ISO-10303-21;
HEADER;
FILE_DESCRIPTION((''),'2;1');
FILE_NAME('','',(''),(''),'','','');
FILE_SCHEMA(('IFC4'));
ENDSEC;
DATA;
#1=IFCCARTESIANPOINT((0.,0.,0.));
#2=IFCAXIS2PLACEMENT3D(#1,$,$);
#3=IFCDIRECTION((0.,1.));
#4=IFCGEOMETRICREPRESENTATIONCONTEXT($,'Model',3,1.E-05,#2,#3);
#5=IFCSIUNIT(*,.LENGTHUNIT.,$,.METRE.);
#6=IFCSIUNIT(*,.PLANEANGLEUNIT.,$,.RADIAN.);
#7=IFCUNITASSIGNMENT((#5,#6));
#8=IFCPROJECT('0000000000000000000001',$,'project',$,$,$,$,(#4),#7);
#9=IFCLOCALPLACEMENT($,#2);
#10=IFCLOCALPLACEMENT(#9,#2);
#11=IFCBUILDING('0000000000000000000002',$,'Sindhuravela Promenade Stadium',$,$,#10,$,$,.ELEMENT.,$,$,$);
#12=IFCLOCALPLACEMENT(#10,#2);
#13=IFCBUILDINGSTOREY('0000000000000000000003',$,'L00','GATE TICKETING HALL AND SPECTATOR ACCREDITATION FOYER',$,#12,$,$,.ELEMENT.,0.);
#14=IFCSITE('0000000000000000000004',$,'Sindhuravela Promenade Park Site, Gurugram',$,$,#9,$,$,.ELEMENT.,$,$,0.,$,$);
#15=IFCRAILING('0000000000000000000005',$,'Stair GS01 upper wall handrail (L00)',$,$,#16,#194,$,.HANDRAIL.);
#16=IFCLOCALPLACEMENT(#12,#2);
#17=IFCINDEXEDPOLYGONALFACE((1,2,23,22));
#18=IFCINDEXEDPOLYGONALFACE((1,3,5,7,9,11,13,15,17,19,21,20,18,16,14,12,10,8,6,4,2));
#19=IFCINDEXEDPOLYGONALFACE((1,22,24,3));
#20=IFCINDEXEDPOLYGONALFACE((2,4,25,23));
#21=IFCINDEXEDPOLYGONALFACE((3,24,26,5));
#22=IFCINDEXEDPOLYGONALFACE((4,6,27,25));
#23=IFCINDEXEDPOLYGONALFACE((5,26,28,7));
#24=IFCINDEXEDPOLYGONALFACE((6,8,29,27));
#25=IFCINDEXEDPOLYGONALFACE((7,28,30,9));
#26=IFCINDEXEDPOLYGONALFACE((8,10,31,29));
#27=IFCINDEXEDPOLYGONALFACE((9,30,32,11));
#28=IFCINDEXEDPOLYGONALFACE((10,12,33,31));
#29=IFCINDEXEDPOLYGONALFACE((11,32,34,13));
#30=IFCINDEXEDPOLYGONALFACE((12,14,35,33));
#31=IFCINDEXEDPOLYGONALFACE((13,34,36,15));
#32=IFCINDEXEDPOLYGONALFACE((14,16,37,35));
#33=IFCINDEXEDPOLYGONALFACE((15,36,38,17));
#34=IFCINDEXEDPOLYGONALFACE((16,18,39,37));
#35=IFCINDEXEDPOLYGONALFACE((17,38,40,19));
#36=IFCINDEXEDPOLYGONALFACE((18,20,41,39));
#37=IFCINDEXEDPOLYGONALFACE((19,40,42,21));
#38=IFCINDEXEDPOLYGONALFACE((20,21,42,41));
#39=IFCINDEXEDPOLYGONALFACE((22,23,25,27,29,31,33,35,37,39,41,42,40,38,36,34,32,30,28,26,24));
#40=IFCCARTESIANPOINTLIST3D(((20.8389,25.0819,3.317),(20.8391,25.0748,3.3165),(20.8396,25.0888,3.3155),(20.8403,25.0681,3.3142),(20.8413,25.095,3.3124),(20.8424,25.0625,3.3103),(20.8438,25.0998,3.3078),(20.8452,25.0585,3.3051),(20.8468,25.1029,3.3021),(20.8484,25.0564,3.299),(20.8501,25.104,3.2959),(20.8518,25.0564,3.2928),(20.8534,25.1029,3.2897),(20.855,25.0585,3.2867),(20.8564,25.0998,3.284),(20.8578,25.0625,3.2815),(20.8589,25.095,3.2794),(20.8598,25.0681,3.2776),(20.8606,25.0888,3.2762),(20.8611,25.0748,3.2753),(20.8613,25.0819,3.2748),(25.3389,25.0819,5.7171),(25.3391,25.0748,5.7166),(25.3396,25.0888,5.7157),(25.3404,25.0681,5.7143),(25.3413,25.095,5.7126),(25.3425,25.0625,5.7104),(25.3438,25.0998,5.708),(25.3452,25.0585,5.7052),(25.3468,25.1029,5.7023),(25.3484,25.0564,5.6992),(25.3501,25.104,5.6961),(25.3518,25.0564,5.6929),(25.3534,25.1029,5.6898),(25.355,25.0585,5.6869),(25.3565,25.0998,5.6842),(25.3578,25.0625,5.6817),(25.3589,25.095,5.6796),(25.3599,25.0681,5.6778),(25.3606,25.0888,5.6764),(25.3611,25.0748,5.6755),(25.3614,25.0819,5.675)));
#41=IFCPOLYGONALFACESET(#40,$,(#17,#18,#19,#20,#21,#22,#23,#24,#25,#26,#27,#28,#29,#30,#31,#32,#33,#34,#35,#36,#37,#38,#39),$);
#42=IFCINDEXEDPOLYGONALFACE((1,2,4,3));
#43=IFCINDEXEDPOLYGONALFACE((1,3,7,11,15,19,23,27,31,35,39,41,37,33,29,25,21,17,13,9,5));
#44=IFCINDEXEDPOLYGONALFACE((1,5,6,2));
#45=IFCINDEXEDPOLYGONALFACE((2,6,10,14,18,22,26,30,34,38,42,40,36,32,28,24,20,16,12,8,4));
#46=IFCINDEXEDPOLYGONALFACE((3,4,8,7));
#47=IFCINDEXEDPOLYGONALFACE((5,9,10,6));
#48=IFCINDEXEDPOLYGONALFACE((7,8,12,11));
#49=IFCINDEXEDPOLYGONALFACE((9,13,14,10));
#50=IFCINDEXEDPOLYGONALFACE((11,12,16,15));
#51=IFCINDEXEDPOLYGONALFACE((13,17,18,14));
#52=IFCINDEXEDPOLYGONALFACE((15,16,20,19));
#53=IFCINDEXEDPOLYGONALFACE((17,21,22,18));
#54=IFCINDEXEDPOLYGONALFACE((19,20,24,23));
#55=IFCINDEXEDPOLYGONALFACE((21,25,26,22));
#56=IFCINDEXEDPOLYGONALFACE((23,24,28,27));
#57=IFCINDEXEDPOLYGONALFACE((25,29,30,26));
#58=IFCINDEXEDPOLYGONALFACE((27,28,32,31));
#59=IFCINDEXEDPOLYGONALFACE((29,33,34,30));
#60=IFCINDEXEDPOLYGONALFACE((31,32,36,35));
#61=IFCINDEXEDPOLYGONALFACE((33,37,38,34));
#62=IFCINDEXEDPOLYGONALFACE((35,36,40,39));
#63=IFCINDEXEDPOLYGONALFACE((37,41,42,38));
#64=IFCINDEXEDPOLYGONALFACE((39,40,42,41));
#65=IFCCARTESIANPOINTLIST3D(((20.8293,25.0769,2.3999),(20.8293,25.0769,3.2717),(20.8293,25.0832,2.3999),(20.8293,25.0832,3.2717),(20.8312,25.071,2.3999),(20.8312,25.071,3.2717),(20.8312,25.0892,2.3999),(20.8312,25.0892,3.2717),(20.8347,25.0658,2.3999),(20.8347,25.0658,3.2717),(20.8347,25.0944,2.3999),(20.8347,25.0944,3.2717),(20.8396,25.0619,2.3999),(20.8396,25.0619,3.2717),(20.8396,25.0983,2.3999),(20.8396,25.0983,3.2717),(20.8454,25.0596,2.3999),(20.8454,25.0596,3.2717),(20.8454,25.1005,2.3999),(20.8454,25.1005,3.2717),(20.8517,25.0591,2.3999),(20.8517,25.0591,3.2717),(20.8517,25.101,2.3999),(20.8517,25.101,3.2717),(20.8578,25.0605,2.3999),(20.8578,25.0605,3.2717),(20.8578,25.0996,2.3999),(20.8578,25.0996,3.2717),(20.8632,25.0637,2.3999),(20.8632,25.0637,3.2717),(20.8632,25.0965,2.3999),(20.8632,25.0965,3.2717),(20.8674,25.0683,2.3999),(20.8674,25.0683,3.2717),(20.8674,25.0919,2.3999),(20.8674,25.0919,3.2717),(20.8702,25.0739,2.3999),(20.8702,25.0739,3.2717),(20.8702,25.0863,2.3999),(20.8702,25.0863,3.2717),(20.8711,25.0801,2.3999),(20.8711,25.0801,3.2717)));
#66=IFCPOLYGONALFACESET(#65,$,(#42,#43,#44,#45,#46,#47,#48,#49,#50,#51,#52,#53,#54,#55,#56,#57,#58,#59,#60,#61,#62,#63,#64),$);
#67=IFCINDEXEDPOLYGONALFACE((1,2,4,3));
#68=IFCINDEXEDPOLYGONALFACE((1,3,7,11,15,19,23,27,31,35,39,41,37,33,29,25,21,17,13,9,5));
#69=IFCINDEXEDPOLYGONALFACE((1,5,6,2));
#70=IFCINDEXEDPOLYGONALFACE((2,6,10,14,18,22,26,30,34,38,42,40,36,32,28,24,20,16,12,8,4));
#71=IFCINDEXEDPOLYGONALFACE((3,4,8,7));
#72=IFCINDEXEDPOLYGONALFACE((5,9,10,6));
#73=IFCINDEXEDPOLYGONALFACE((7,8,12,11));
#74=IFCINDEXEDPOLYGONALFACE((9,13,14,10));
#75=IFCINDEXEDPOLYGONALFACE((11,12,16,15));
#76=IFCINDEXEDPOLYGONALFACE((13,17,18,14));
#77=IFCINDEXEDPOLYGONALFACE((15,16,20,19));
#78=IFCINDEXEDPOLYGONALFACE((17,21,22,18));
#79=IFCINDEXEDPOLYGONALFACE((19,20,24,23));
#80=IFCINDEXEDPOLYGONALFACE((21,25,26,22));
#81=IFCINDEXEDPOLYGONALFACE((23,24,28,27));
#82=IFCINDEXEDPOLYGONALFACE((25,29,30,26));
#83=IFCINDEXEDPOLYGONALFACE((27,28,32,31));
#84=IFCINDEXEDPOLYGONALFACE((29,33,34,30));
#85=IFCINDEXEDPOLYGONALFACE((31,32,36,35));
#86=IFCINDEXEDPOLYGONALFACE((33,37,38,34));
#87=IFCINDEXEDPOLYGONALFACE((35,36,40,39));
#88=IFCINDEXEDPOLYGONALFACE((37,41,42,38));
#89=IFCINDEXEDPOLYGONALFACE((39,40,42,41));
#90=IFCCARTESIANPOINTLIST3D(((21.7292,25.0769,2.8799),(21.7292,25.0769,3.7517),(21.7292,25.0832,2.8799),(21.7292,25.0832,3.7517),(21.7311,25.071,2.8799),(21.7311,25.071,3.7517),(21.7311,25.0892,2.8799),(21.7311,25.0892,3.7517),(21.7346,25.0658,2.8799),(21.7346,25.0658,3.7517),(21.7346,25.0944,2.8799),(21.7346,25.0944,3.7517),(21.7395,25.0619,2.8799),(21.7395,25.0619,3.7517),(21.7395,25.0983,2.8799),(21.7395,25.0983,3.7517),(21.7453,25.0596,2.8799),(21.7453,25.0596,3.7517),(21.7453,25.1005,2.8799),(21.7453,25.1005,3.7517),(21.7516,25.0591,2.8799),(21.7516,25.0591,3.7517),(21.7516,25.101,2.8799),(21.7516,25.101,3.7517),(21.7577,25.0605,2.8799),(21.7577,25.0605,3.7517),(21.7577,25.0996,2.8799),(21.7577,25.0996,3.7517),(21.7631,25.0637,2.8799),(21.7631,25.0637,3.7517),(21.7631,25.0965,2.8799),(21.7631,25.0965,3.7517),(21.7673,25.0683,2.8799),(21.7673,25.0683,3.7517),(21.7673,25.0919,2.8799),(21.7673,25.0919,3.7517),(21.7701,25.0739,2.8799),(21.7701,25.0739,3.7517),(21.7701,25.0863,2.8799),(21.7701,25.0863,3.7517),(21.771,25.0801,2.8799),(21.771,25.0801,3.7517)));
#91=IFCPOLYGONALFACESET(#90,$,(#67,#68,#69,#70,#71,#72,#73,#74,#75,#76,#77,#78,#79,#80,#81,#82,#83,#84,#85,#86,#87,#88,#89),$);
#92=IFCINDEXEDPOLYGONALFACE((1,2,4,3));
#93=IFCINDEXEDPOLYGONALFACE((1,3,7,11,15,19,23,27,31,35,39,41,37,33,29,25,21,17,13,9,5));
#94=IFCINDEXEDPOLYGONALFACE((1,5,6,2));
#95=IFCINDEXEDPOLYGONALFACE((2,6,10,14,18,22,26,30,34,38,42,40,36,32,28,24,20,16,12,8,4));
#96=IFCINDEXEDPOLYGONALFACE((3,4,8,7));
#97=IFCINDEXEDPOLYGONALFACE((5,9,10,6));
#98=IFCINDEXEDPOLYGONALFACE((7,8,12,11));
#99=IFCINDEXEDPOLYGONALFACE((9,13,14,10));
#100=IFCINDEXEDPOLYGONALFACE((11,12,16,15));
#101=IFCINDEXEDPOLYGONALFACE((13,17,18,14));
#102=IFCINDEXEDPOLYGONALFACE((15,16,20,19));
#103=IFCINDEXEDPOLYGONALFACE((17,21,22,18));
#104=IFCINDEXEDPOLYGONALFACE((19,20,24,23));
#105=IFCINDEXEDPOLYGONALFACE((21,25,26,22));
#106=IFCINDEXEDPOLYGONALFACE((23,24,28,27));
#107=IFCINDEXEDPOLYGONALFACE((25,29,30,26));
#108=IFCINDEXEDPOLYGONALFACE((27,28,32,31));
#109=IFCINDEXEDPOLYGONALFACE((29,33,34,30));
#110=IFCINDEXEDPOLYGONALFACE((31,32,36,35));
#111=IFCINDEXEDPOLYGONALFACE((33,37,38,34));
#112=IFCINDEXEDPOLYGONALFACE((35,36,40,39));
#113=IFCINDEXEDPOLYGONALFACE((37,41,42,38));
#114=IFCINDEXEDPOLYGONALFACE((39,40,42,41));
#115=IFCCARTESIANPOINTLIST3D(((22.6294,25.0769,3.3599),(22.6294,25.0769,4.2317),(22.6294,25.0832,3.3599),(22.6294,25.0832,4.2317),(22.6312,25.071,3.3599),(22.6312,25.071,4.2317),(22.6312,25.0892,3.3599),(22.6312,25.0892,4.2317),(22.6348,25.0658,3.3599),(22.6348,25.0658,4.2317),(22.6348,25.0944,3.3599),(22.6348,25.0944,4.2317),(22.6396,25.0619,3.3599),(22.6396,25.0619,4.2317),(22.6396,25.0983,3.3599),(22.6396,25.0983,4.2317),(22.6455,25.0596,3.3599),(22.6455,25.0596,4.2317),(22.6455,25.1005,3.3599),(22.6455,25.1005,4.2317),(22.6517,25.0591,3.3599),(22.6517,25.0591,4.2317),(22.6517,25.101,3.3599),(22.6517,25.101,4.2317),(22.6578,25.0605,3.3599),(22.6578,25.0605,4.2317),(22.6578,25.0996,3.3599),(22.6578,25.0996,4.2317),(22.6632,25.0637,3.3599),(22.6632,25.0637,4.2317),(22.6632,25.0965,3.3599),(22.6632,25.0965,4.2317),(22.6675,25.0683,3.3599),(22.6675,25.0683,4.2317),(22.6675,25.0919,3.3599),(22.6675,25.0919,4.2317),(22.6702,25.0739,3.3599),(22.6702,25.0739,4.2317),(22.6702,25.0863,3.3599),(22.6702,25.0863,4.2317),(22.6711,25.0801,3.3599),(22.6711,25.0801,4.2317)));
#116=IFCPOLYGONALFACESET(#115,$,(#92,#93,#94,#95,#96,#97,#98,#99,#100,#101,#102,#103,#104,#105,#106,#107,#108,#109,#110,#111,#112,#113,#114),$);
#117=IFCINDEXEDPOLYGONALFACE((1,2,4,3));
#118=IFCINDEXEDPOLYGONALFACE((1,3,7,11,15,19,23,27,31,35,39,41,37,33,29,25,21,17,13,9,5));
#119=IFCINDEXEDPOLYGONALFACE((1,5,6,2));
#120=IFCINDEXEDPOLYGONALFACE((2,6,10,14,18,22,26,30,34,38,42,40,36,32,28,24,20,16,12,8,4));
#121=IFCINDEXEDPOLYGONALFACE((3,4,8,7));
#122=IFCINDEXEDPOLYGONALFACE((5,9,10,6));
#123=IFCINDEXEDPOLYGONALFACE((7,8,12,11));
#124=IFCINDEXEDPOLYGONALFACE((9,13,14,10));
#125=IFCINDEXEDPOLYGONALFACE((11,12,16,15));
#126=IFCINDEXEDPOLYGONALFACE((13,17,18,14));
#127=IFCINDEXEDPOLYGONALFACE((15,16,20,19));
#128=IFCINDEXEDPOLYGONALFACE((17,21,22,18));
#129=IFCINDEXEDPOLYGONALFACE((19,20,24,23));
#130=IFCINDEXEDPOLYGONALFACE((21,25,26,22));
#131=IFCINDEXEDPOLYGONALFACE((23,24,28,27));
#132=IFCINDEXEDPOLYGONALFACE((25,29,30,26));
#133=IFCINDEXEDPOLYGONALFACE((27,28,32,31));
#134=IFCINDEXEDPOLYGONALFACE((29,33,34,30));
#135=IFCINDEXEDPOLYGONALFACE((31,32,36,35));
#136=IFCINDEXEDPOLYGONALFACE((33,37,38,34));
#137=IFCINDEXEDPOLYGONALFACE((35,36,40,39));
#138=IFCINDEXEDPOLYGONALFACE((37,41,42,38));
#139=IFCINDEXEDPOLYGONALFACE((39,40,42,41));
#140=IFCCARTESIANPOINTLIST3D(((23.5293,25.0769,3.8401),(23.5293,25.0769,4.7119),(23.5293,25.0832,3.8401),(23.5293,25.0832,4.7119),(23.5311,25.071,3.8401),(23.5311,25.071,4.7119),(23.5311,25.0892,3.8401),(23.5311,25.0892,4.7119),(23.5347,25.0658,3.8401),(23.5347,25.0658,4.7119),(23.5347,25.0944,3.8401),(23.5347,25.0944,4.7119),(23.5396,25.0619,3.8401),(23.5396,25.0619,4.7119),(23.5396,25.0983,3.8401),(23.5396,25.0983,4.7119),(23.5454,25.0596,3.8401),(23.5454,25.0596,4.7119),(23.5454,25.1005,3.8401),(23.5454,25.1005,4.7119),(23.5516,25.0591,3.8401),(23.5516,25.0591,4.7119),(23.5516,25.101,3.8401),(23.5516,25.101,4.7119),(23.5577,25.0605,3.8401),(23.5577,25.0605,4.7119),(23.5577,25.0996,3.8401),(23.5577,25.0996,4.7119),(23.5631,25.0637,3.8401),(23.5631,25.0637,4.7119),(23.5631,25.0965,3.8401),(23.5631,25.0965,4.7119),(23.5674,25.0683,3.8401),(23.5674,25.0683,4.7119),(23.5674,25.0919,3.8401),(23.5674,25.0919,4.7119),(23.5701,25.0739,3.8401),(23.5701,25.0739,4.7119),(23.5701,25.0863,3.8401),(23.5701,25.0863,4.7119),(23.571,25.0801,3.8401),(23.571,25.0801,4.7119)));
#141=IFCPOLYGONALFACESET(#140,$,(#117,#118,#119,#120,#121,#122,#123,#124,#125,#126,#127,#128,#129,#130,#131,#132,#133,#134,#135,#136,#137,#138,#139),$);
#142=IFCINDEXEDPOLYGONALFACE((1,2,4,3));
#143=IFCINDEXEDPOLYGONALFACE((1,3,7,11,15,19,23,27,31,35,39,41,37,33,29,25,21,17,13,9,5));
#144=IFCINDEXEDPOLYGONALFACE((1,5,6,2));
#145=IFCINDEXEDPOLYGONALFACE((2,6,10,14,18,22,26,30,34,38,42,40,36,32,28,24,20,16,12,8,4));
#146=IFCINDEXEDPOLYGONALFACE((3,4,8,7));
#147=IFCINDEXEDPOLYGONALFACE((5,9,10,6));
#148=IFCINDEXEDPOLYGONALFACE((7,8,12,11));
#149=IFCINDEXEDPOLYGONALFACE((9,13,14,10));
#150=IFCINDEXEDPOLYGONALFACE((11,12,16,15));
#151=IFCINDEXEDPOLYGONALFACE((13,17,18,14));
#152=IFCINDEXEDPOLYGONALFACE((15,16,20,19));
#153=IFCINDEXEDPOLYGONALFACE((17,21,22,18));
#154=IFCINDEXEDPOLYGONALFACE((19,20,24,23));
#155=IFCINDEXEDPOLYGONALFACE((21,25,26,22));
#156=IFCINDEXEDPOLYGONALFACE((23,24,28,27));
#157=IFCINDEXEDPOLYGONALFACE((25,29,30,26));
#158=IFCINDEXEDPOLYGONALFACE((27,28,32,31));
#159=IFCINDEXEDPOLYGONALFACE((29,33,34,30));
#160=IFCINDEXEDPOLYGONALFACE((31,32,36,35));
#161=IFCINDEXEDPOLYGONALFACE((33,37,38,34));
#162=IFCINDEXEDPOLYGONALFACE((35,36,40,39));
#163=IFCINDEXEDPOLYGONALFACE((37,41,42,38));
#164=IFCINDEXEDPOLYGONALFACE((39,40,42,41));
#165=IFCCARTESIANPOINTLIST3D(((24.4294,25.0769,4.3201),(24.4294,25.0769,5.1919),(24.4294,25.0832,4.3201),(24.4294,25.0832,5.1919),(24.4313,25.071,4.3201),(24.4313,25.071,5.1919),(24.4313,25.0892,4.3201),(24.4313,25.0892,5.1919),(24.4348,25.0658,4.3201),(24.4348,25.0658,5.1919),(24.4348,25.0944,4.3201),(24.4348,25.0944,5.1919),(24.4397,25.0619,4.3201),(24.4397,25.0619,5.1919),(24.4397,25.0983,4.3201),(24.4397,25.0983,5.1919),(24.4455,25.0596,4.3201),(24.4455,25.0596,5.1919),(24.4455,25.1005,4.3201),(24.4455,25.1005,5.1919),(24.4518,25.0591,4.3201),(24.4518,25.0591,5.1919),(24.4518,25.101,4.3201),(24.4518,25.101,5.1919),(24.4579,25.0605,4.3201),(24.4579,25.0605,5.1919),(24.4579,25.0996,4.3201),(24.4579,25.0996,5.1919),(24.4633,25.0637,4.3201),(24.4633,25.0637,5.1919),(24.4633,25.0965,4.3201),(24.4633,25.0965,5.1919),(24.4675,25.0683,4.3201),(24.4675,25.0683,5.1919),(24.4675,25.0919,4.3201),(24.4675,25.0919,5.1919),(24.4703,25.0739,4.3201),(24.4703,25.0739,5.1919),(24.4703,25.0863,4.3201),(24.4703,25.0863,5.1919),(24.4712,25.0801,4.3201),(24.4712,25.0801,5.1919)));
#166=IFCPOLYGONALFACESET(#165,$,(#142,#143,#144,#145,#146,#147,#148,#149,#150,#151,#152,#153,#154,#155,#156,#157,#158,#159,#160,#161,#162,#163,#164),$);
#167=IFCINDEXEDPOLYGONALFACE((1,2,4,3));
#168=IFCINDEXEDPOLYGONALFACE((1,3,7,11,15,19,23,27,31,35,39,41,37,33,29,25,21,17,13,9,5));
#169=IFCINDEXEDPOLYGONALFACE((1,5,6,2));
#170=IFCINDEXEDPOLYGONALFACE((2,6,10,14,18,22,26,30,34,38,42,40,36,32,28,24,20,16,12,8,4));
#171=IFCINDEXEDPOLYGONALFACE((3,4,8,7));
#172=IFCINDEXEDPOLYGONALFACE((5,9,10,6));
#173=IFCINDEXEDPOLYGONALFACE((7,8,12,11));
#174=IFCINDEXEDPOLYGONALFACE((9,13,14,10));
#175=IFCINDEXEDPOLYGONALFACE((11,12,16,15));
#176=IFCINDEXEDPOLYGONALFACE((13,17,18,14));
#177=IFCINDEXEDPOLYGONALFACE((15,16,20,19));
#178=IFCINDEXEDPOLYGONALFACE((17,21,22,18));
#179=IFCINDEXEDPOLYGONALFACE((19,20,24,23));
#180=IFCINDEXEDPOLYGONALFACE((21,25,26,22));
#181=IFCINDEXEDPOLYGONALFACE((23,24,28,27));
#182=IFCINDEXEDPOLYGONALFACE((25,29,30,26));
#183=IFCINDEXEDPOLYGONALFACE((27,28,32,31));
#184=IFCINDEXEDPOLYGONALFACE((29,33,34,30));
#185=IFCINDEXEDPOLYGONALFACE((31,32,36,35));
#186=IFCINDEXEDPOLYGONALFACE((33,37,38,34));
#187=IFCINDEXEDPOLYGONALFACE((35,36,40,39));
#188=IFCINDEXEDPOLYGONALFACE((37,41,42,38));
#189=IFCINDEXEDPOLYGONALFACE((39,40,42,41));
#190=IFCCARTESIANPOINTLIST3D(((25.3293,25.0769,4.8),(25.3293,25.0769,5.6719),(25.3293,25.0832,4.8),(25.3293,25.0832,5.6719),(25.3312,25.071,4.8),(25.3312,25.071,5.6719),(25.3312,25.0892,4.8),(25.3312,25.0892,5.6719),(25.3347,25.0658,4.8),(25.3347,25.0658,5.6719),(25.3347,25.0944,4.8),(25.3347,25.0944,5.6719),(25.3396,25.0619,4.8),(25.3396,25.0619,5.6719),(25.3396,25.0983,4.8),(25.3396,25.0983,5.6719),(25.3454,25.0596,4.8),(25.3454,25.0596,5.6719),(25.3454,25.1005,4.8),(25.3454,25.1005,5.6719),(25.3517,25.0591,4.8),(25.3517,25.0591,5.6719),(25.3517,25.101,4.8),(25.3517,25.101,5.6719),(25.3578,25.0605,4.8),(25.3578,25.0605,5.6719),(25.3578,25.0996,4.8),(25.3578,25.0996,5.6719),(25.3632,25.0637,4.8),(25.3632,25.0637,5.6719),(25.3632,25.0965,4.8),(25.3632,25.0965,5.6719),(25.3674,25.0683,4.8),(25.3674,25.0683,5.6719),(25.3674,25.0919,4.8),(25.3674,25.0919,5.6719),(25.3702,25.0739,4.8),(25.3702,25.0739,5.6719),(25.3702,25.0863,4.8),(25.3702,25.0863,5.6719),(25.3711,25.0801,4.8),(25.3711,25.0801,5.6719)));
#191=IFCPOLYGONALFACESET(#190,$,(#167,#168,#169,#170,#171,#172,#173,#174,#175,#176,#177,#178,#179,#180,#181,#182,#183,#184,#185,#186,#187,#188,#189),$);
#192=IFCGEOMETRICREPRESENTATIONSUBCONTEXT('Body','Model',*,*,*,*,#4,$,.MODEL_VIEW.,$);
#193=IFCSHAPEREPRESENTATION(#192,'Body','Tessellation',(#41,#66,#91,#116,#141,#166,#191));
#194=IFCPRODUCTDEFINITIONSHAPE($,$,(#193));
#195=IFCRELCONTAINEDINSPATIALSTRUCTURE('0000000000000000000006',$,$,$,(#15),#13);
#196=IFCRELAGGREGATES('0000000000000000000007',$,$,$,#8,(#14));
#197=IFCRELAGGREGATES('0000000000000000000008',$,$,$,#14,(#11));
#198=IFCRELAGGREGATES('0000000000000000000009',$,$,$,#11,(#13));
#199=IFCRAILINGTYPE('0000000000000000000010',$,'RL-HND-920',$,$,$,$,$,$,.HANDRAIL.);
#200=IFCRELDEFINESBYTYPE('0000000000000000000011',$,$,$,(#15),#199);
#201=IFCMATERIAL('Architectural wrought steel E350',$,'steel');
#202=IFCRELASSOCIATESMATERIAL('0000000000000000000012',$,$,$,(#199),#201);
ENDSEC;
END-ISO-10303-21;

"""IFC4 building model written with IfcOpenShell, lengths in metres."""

from ifc_helpers import new_model, si_unit, direction, frame, origin, origin_2d, place, context, subcontext, project, spatial, circle, extrude, material, type_object, element, save


model = new_model("IFC4")

# Units and contexts
model_context = context("Model", 3, precision=1e-05, world=origin(), true_north=direction((0.0, 1.0)))
body_context = subcontext(model_context, "Body", "Model", "MODEL_VIEW")
ifc_project = project(units=[si_unit("LENGTHUNIT", "METRE"), si_unit("PLANEANGLEUNIT", "RADIAN")], contexts=[model_context])

# Site, building, storey
site_placement = place(None, origin())
site = spatial("IfcSite", under=ifc_project, at=site_placement, Name="Sindhuravela Promenade Park Site, Gurugram", CompositionType="ELEMENT", RefElevation=0.0)
building_placement = place(site_placement, origin())
building = spatial("IfcBuilding", under=site, at=building_placement, Name="Sindhuravela Promenade Stadium", CompositionType="ELEMENT")
storey_placement = place(building_placement, origin())
storey = spatial("IfcBuildingStorey", under=building, at=storey_placement, Name="L00", Description="GATE TICKETING HALL AND SPECTATOR ACCREDITATION FOYER", CompositionType="ELEMENT", Elevation=0.0)

# Railing
ifc_material_1 = material(Name="Architectural wrought steel E350", Category="steel")
railing_type_1 = type_object("IfcRailingType", Name="RL-HND-920", PredefinedType="HANDRAIL", material=ifc_material_1)
railing_1_placement = place(storey_placement, frame((20.8501, 25.0801, 2.3999)))
element("IfcRailing", 1, at=railing_1_placement, inside=storey, type_object=railing_type_1, Name="Stair GS01 upper wall handrail (L00)", PredefinedType="HANDRAIL", context=body_context, shape_type="SweptSolid", body=[
    extrude(circle(Radius=0.0239, at=origin_2d()), frame((0.0, 0.0, 0.896), z_axis=(0.882341, 0.0, 0.470611), x_axis=(0.0, 1.0, 0.0)), (0.0, 0.0, 1.0), 5.1001),
    extrude(circle(Radius=0.021, at=origin_2d()), origin(), (0.0, 0.0, 1.0), 0.8718),
    extrude(circle(Radius=0.021, at=origin_2d()), frame((0.8999, 0.0, 0.48)), (0.0, 0.0, 1.0), 0.8718),
    extrude(circle(Radius=0.021, at=origin_2d()), frame((1.8, 0.0, 0.96)), (0.0, 0.0, 1.0), 0.8718),
    extrude(circle(Radius=0.021, at=origin_2d()), frame((2.7, 0.0, 1.4402)), (0.0, 0.0, 1.0), 0.8718),
    extrude(circle(Radius=0.021, at=origin_2d()), frame((3.6001, 0.0, 1.9202)), (0.0, 0.0, 1.0), 0.8718),
    extrude(circle(Radius=0.021, at=origin_2d()), frame((4.5, 0.0, 2.4001)), (0.0, 0.0, 1.0), 0.8718),
])

save(model, "model.ifc")
